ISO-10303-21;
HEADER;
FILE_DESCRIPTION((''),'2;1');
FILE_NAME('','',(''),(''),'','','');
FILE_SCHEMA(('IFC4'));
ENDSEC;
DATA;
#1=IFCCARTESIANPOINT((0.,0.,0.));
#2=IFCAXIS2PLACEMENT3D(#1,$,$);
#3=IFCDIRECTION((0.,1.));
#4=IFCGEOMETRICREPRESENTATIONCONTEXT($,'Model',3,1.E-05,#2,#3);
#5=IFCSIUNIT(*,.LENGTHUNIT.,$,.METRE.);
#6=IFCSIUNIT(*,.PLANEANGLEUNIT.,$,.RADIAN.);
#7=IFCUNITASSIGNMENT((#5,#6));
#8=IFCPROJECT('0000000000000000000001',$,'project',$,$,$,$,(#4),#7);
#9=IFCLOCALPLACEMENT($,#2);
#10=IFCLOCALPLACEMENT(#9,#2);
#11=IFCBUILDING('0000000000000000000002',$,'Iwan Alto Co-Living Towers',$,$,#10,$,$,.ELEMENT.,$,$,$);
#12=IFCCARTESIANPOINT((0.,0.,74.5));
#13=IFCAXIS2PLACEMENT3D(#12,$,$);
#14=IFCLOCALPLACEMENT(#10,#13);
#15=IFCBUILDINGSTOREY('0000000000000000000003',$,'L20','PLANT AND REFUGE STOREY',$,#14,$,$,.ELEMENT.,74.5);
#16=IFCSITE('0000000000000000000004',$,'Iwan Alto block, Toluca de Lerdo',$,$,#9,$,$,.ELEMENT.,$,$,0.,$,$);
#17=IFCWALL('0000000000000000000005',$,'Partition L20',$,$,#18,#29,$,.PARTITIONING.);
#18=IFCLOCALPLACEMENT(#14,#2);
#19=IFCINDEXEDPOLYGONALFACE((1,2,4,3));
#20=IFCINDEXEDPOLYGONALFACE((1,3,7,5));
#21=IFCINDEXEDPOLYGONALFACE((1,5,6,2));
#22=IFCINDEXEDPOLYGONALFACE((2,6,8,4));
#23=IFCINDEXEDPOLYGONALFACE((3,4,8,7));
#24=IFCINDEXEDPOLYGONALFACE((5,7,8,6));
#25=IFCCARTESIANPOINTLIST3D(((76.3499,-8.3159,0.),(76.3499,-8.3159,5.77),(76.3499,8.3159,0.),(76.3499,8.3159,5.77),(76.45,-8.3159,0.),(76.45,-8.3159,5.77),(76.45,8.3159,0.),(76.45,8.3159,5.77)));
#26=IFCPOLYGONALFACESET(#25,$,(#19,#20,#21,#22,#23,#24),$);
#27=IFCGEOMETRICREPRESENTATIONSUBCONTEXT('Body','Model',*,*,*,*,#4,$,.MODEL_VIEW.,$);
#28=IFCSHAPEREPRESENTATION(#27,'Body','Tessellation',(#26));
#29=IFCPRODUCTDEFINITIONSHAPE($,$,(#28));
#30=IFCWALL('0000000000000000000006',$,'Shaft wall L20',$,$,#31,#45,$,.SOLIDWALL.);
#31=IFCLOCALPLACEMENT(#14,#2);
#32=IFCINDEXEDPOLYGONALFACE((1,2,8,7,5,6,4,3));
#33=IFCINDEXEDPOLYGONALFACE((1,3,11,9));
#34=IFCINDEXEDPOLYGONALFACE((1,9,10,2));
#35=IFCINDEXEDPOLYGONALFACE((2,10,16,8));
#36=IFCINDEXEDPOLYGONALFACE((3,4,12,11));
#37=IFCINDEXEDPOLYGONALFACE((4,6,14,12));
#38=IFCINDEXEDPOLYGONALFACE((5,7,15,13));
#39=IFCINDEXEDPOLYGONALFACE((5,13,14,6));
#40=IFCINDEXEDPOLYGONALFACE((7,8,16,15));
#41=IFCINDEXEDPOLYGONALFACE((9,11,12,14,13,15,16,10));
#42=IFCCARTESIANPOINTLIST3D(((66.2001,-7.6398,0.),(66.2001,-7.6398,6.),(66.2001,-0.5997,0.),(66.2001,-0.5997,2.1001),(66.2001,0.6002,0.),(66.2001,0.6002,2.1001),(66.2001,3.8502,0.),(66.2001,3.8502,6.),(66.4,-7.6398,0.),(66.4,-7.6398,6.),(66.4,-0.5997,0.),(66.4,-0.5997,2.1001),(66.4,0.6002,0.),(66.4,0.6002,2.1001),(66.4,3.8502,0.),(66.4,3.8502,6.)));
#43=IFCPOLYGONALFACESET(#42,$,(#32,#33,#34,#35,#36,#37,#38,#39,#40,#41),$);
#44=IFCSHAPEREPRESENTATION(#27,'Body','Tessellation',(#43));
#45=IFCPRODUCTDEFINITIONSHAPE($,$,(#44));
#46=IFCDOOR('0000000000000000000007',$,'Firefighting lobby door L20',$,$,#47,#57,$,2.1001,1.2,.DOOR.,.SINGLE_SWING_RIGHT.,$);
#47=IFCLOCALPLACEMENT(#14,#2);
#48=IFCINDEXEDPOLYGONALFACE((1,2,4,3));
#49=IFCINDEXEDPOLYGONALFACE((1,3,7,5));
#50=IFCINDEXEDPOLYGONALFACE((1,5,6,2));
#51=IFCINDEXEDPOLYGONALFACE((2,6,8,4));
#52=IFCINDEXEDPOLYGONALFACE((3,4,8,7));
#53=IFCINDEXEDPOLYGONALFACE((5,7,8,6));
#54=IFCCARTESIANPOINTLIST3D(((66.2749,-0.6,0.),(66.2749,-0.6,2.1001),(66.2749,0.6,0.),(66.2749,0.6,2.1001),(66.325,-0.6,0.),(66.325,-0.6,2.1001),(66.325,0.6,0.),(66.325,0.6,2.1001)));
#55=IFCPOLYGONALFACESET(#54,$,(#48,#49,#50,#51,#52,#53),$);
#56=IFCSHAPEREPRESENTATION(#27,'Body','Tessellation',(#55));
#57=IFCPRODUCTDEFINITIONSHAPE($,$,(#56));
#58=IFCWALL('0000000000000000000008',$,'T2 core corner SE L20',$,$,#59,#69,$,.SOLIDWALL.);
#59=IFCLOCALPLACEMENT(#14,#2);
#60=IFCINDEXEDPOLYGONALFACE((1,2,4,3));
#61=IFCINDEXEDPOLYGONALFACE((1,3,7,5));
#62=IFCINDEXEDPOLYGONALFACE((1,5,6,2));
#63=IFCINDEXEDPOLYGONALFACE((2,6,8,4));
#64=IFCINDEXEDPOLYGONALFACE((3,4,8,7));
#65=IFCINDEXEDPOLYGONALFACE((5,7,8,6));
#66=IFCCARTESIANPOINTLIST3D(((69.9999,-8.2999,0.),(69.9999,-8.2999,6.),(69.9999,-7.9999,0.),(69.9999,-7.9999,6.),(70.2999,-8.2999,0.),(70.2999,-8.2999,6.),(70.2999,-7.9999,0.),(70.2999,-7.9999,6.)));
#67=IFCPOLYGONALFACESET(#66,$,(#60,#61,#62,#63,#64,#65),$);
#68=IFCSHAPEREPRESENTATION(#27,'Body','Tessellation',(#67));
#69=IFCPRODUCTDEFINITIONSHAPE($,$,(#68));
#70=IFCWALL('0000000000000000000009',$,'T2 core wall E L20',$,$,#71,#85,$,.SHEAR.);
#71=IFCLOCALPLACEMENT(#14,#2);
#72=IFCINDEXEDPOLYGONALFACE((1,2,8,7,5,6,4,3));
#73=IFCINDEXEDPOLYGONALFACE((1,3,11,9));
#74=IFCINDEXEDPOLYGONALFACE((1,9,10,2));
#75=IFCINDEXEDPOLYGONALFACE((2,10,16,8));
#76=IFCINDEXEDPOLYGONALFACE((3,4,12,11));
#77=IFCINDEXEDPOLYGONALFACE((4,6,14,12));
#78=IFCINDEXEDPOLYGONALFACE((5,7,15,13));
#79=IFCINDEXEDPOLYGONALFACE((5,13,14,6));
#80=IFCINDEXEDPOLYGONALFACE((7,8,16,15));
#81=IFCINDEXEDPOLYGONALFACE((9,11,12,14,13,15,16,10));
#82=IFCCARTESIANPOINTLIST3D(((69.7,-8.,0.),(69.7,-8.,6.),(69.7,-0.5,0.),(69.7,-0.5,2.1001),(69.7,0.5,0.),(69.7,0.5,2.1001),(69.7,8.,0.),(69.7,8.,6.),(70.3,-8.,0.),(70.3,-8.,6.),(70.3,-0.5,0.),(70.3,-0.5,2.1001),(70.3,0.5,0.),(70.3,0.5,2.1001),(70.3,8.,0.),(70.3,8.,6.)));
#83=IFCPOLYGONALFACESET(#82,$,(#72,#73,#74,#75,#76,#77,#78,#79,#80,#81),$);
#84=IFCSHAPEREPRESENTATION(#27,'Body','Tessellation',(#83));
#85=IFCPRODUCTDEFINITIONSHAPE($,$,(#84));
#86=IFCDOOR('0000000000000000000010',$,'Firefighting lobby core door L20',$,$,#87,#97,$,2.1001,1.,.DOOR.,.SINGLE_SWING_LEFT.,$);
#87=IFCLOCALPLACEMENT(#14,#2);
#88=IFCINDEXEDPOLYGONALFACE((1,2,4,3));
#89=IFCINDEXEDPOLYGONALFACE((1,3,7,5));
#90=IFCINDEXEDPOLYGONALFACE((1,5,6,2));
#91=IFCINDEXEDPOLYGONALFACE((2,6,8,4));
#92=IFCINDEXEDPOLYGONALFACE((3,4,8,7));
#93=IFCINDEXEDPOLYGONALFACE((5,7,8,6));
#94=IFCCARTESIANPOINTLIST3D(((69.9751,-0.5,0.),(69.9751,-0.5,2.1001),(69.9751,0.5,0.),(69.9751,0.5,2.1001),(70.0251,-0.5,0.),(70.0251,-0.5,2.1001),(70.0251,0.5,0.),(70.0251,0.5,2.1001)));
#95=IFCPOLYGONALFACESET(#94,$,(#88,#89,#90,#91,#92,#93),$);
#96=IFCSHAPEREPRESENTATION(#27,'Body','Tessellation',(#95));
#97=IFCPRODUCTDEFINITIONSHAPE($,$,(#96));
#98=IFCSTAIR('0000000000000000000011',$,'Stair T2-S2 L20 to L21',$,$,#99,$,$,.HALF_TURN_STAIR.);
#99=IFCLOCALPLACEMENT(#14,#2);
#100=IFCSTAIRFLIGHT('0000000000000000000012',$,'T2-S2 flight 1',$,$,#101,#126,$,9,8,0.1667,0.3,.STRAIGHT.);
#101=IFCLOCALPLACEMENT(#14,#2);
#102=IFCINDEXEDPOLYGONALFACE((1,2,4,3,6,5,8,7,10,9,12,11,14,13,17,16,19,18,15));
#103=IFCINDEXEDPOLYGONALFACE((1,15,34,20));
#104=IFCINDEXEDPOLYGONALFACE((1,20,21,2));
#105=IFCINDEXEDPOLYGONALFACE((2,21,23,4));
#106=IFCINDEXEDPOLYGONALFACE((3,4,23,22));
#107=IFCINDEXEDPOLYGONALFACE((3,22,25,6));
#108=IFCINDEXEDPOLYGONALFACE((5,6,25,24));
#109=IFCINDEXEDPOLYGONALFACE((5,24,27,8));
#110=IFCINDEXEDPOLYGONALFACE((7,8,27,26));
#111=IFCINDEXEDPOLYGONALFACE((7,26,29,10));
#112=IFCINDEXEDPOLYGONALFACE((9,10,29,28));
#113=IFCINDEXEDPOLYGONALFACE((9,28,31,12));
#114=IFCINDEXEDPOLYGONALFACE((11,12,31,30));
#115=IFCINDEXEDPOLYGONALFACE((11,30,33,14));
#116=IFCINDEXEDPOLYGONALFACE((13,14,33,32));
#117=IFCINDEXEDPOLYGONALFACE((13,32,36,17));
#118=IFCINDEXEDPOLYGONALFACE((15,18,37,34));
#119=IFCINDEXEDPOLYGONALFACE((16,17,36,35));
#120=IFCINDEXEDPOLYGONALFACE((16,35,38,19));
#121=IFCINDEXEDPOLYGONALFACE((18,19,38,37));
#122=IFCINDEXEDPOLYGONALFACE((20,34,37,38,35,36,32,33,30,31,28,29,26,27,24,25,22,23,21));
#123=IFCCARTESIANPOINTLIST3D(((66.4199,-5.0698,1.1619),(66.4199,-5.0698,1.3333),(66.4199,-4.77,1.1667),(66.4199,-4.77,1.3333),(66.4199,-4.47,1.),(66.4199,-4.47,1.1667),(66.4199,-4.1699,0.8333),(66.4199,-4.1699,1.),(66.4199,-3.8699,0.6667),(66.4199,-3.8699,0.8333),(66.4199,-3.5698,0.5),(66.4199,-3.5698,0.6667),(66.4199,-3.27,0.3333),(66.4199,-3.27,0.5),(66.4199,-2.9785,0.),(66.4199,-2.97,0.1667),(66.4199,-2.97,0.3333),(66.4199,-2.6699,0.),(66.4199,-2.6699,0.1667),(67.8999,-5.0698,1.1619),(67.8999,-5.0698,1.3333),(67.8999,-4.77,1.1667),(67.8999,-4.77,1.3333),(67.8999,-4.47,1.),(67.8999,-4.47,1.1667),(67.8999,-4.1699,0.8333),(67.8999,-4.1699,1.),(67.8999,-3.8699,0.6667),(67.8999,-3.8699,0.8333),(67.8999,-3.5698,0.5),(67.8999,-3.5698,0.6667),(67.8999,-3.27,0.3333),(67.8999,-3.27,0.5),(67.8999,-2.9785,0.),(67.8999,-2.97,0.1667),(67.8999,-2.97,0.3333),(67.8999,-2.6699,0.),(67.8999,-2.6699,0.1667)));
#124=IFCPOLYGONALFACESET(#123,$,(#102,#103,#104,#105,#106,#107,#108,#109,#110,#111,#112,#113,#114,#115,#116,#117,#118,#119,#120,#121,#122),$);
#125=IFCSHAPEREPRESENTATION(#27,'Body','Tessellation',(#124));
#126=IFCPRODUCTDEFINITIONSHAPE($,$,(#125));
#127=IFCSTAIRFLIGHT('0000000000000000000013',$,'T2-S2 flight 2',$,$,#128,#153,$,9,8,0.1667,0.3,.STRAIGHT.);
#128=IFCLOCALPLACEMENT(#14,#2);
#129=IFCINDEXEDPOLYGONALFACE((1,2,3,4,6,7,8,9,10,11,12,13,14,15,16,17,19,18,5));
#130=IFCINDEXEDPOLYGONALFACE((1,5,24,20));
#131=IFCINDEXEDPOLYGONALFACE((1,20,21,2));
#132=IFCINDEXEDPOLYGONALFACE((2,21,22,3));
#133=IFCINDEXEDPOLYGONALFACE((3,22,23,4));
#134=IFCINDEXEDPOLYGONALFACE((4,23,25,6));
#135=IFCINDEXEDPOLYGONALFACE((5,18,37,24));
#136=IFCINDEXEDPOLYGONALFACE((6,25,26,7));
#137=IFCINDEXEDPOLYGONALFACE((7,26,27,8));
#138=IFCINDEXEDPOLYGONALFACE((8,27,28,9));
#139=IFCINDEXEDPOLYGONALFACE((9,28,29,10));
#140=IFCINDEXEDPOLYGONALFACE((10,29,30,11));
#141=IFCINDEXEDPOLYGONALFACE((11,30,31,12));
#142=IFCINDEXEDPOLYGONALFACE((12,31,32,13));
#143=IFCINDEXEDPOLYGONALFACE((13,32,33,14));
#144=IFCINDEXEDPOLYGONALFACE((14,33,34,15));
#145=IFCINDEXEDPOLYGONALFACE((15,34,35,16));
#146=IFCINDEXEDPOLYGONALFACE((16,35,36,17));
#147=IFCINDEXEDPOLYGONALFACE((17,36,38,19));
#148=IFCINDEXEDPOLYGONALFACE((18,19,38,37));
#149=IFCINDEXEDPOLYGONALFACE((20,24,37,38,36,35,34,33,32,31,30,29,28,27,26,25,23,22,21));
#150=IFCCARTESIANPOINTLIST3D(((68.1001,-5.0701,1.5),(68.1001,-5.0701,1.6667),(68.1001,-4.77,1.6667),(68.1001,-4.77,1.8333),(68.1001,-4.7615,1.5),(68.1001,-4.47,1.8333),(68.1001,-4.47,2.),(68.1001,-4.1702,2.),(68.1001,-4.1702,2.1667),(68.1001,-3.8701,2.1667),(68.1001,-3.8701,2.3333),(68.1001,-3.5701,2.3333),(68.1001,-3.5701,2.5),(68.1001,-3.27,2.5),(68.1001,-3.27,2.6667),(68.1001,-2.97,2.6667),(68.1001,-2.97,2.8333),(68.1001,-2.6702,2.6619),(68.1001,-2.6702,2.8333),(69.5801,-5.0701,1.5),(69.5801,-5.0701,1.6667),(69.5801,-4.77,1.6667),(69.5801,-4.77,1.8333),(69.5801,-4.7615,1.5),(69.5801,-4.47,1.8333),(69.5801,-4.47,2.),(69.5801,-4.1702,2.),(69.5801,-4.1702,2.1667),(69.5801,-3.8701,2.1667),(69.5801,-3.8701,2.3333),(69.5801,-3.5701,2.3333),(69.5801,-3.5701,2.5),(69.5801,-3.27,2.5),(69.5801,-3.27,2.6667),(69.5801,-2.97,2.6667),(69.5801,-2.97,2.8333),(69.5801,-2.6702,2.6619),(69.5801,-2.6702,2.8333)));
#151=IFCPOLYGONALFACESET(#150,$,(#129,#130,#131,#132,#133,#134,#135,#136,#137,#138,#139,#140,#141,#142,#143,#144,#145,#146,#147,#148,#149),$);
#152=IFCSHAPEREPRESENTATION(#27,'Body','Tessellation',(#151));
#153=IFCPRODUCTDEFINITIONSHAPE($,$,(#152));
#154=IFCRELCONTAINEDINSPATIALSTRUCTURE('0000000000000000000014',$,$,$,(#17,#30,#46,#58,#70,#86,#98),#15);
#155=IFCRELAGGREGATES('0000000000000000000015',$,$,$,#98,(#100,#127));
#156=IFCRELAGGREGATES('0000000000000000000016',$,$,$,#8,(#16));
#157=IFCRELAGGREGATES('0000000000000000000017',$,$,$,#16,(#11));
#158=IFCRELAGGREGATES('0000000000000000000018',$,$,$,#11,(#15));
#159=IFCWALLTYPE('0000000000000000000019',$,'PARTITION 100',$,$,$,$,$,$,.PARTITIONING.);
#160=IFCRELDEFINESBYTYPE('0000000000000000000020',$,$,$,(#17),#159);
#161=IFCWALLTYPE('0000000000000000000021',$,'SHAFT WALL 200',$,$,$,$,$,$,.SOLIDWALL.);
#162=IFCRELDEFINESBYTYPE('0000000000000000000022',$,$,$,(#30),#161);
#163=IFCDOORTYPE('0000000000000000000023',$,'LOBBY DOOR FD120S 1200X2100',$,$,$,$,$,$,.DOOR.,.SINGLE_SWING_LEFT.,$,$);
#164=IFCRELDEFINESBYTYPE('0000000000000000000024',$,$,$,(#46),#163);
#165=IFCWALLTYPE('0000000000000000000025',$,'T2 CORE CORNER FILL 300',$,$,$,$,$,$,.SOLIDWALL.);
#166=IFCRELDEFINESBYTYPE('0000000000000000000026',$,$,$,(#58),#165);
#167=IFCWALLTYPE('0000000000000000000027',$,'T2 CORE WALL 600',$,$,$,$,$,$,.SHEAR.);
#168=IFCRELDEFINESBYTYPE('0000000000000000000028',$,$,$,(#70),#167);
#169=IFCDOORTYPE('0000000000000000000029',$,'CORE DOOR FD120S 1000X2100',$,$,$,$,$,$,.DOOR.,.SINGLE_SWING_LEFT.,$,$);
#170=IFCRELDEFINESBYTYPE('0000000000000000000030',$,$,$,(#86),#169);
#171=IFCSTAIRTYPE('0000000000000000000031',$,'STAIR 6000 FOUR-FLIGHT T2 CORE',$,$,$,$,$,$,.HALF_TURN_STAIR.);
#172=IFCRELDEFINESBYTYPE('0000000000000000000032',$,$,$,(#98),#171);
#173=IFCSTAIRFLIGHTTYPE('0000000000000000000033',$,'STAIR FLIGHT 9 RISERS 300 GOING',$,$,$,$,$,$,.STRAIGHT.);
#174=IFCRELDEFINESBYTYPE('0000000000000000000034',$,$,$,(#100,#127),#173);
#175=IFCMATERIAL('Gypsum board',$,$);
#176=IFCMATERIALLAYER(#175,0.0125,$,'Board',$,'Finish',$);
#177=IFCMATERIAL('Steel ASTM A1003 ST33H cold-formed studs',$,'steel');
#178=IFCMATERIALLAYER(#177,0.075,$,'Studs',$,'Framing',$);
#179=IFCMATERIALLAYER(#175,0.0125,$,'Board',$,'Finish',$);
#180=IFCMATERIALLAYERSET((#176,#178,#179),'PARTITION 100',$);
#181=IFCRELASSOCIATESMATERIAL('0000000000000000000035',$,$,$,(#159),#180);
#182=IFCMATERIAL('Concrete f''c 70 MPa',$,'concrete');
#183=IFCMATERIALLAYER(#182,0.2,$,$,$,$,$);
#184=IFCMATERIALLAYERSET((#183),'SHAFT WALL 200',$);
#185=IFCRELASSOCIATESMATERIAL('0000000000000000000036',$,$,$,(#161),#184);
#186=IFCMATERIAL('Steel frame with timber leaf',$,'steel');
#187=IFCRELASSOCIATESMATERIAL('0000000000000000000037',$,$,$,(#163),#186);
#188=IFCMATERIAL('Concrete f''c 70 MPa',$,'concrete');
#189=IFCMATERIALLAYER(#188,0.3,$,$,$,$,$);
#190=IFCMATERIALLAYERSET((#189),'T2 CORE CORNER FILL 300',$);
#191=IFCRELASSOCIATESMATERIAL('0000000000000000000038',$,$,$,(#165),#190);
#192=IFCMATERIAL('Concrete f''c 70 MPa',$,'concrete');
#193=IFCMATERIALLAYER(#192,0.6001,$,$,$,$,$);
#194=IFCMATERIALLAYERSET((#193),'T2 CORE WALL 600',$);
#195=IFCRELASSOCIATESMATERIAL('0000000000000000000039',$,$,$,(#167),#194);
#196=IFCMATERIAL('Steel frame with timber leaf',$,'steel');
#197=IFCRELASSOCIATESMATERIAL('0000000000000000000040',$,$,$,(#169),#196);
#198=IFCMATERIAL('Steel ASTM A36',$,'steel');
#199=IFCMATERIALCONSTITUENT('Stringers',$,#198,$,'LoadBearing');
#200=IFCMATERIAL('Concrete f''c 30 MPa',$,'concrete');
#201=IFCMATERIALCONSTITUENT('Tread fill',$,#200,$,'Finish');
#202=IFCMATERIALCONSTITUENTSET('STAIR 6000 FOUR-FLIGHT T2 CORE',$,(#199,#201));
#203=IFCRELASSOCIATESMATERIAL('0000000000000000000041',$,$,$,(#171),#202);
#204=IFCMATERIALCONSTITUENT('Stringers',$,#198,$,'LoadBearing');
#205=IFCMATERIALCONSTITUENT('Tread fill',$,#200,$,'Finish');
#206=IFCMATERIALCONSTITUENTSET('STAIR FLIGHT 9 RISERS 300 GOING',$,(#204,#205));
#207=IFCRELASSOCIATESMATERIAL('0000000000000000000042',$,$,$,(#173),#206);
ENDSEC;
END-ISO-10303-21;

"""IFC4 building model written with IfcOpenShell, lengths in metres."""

from ifc_helpers import new_model, si_unit, direction, frame, frame_2d, origin, place, context, subcontext, project, spatial, polyline, rectangle, outline, extrude, material, layer, layer_set, constituent, constituent_set, type_object, element, fill, aggregate, save


model = new_model("IFC4")

# Units and contexts
model_context = context("Model", 3, precision=1e-05, world=origin(), true_north=direction((0.0, 1.0)))
body_context = subcontext(model_context, "Body", "Model", "MODEL_VIEW")
ifc_project = project(units=[si_unit("LENGTHUNIT", "METRE"), si_unit("PLANEANGLEUNIT", "RADIAN")], contexts=[model_context])

# Site, building, storey
site_placement = place(None, origin())
site = spatial("IfcSite", under=ifc_project, at=site_placement, Name="Iwan Alto block, Toluca de Lerdo", CompositionType="ELEMENT", RefElevation=0.0)
building_placement = place(site_placement, origin())
building = spatial("IfcBuilding", under=site, at=building_placement, Name="Iwan Alto Co-Living Towers", CompositionType="ELEMENT")
storey_placement = place(building_placement, frame((0.0, 0.0, 74.5)))
storey = spatial("IfcBuildingStorey", under=building, at=storey_placement, Name="L20", Description="PLANT AND REFUGE STOREY", CompositionType="ELEMENT", Elevation=74.5)

# Shared definitions
ifc_material_1 = material(Name="Gypsum board")
ifc_material_2 = material(Name="Steel ASTM A1003 ST33H cold-formed studs", Category="steel")

# Wall
ifc_layer_1 = layer(ifc_material_1, 0.0125, Name="Board", Category="Finish")
ifc_layer_2 = layer(ifc_material_2, 0.075, Name="Studs", Category="Framing")
ifc_layer_3 = layer(ifc_material_1, 0.0125, Name="Board", Category="Finish")
ifc_layer_set_1 = layer_set([ifc_layer_1, ifc_layer_2, ifc_layer_3], Name="PARTITION 100")
wall_type_1 = type_object("IfcWallType", Name="PARTITION 100", PredefinedType="PARTITIONING", material=ifc_layer_set_1)
wall_1_placement = place(storey_placement, frame((76.3999, -8.3159, 0.0), z_axis=(0.0, 0.0, 1.0), x_axis=(0.0, 1.0, 0.0)))
element("IfcWall", 1, at=wall_1_placement, inside=storey, type_object=wall_type_1, Name="Partition L20", PredefinedType="PARTITIONING", context=body_context, shape_type="SweptSolid", body=[
    extrude(rectangle(XDim=16.6318, YDim=0.1001, at=frame_2d((8.3159, 0.0))), origin(), (0.0, 0.0, 1.0), 5.77),
])

# Wall, opening, door
ifc_material_3 = material(Name="Concrete f'c 70 MPa", Category="concrete")
ifc_layer_4 = layer(ifc_material_3, 0.2)
ifc_layer_set_2 = layer_set([ifc_layer_4], Name="SHAFT WALL 200")
wall_type_2 = type_object("IfcWallType", Name="SHAFT WALL 200", PredefinedType="SOLIDWALL", material=ifc_layer_set_2)
wall_2_placement = place(storey_placement, frame((66.3, -7.6399, 0.0), z_axis=(0.0, 0.0, 1.0), x_axis=(0.0, 1.0, 0.0)))
wall_2 = element("IfcWall", 2, at=wall_2_placement, inside=storey, type_object=wall_type_2, Name="Shaft wall L20", PredefinedType="SOLIDWALL", context=body_context, shape_type="SweptSolid", body=[
    extrude(rectangle(XDim=11.49, YDim=0.2, at=frame_2d((5.7451, 0.0))), origin(), (0.0, 0.0, 1.0), 6.0),
])
opening_1_placement = place(wall_2_placement, frame((7.04, 0.0, 0.0)))
opening_1 = element("IfcOpeningElement", 3, at=opening_1_placement, cuts=wall_2, PredefinedType="OPENING", context=body_context, shape_type="SweptSolid", body=[
    extrude(rectangle(XDim=1.2, YDim=2.1001, at=frame_2d((0.6001, 1.05))), frame((0.0, 0.1099, 0.0), z_axis=(0.0, -1.0, 0.0), x_axis=(1.0, 0.0, 0.0)), (0.0, 0.0, 1.0), 0.22),
])
ifc_material_4 = material(Name="Steel frame with timber leaf", Category="steel")
door_type_1 = type_object("IfcDoorType", Name="LOBBY DOOR FD120S 1200X2100", OperationType="SINGLE_SWING_LEFT", PredefinedType="DOOR", material=ifc_material_4)
door_1_placement = place(opening_1_placement, frame((1.2, 0.0, 0.0), z_axis=(0.0, 0.0, 1.0), x_axis=(-1.0, 0.0, 0.0)))
door_1 = element("IfcDoor", 4, at=door_1_placement, inside=storey, type_object=door_type_1, Name="Firefighting lobby door L20", OperationType="SINGLE_SWING_RIGHT", OverallHeight=2.1001, OverallWidth=1.2, PredefinedType="DOOR", context=body_context, shape_type="SweptSolid", body=[
    extrude(rectangle(XDim=1.2, YDim=2.1001, at=frame_2d((0.6001, 1.05))), frame((0.0, 0.0249, 0.0), z_axis=(0.0, -1.0, 0.0), x_axis=(1.0, 0.0, 0.0)), (0.0, 0.0, 1.0), 0.05),
])
fill(opening_1, door_1)

# Wall
ifc_material_5 = material(Name="Concrete f'c 70 MPa", Category="concrete")
ifc_layer_5 = layer(ifc_material_5, 0.3)
ifc_layer_set_3 = layer_set([ifc_layer_5], Name="T2 CORE CORNER FILL 300")
wall_type_3 = type_object("IfcWallType", Name="T2 CORE CORNER FILL 300", PredefinedType="SOLIDWALL", material=ifc_layer_set_3)
wall_3_placement = place(storey_placement, frame((70.0, -8.1499, 0.0), z_axis=(0.0, 0.0, 1.0), x_axis=(1.0, 0.0, 0.0)))
element("IfcWall", 5, at=wall_3_placement, inside=storey, type_object=wall_type_3, Name="T2 core corner SE L20", PredefinedType="SOLIDWALL", context=body_context, shape_type="SweptSolid", body=[
    extrude(rectangle(XDim=0.3, YDim=0.3, at=frame_2d((0.1499, 0.0))), origin(), (0.0, 0.0, 1.0), 6.0),
])

# Wall, opening, door
ifc_material_6 = material(Name="Concrete f'c 70 MPa", Category="concrete")
ifc_layer_6 = layer(ifc_material_6, 0.6001)
ifc_layer_set_4 = layer_set([ifc_layer_6], Name="T2 CORE WALL 600")
wall_type_4 = type_object("IfcWallType", Name="T2 CORE WALL 600", PredefinedType="SHEAR", material=ifc_layer_set_4)
wall_4_placement = place(storey_placement, frame((70.0, -8.0, 0.0), z_axis=(0.0, 0.0, 1.0), x_axis=(0.0, 1.0, 0.0)))
wall_4 = element("IfcWall", 6, at=wall_4_placement, inside=storey, type_object=wall_type_4, Name="T2 core wall E L20", PredefinedType="SHEAR", context=body_context, shape_type="SweptSolid", body=[
    extrude(rectangle(XDim=16.0, YDim=0.6001, at=frame_2d((8.0, 0.0))), origin(), (0.0, 0.0, 1.0), 6.0),
])
opening_2_placement = place(wall_4_placement, frame((7.5, 0.0, 0.0)))
opening_2 = element("IfcOpeningElement", 7, at=opening_2_placement, cuts=wall_4, PredefinedType="OPENING", context=body_context, shape_type="SweptSolid", body=[
    extrude(rectangle(XDim=1.0, YDim=2.1001, at=frame_2d((0.5, 1.05))), frame((0.0, 0.3101, 0.0), z_axis=(0.0, -1.0, 0.0), x_axis=(1.0, 0.0, 0.0)), (0.0, 0.0, 1.0), 0.6201),
])
ifc_material_7 = material(Name="Steel frame with timber leaf", Category="steel")
door_type_2 = type_object("IfcDoorType", Name="CORE DOOR FD120S 1000X2100", OperationType="SINGLE_SWING_LEFT", PredefinedType="DOOR", material=ifc_material_7)
door_2_placement = place(opening_2_placement, origin())
door_2 = element("IfcDoor", 8, at=door_2_placement, inside=storey, type_object=door_type_2, Name="Firefighting lobby core door L20", OperationType="SINGLE_SWING_LEFT", OverallHeight=2.1001, OverallWidth=1.0, PredefinedType="DOOR", context=body_context, shape_type="SweptSolid", body=[
    extrude(rectangle(XDim=1.0, YDim=2.1001, at=frame_2d((0.5, 1.05))), frame((0.0, 0.0249, 0.0), z_axis=(0.0, -1.0, 0.0), x_axis=(1.0, 0.0, 0.0)), (0.0, 0.0, 1.0), 0.05),
])
fill(opening_2, door_2)

# Stair, stair flights
ifc_material_8 = material(Name="Steel ASTM A36", Category="steel")
ifc_constituent_1 = constituent(ifc_material_8, Name="Stringers", Category="LoadBearing")
ifc_material_9 = material(Name="Concrete f'c 30 MPa", Category="concrete")
ifc_constituent_2 = constituent(ifc_material_9, Name="Tread fill", Category="Finish")
ifc_constituent_set_1 = constituent_set(constituents=[ifc_constituent_1, ifc_constituent_2], Name="STAIR 6000 FOUR-FLIGHT T2 CORE")
stair_type = type_object("IfcStairType", Name="STAIR 6000 FOUR-FLIGHT T2 CORE", PredefinedType="HALF_TURN_STAIR", material=ifc_constituent_set_1)
stair_placement = place(storey_placement, origin())
stair = element("IfcStair", 9, at=stair_placement, inside=storey, type_object=stair_type, Name="Stair T2-S2 L20 to L21", PredefinedType="HALF_TURN_STAIR")
ifc_constituent_3 = constituent(ifc_material_8, Name="Stringers", Category="LoadBearing")
ifc_constituent_4 = constituent(ifc_material_9, Name="Tread fill", Category="Finish")
ifc_constituent_set_2 = constituent_set(constituents=[ifc_constituent_3, ifc_constituent_4], Name="STAIR FLIGHT 9 RISERS 300 GOING")
stair_flight_type = type_object("IfcStairFlightType", Name="STAIR FLIGHT 9 RISERS 300 GOING", PredefinedType="STRAIGHT", material=ifc_constituent_set_2)
stair_flight_1_placement = place(storey_placement, frame((67.1599, -2.6699, 0.0), z_axis=(0.0, 0.0, 1.0), x_axis=(0.0, -1.0, 0.0)))
stair_flight_1 = element("IfcStairFlight", 10, at=stair_flight_1_placement, type_object=stair_flight_type, Name="T2-S2 flight 1", NumberOfRisers=9, NumberOfTreads=8, PredefinedType="STRAIGHT", RiserHeight=0.1667, TreadLength=0.3, context=body_context, shape_type="SweptSolid", body=[
    extrude(outline(polyline([(0.0, 0.0), (0.0, 0.1667), (0.3, 0.1667), (0.3, 0.3333), (0.6001, 0.3333), (0.6001, 0.5), (0.8999, 0.5), (0.8999, 0.6667), (1.2, 0.6667), (1.2, 0.8333), (1.5, 0.8333), (1.5, 1.0), (1.8, 1.0), (1.8, 1.1667), (2.1001, 1.1667), (2.1001, 1.3333), (2.3999, 1.3333), (2.3999, 1.5), (2.3999, 1.1619), (0.3086, 0.0), (0.0, 0.0)])), frame((0.0, 0.74, 0.0), z_axis=(0.0, -1.0, 0.0), x_axis=(1.0, 0.0, 0.0)), (0.0, 0.0, 1.0), 1.48),
])
stair_flight_2_placement = place(storey_placement, frame((68.8401, -5.0701, 1.5), z_axis=(0.0, 0.0, 1.0), x_axis=(0.0, 1.0, 0.0)))
stair_flight_2 = element("IfcStairFlight", 11, at=stair_flight_2_placement, type_object=stair_flight_type, Name="T2-S2 flight 2", NumberOfRisers=9, NumberOfTreads=8, PredefinedType="STRAIGHT", RiserHeight=0.1667, TreadLength=0.3, context=body_context, shape_type="SweptSolid", body=[
    extrude(outline(polyline([(0.0, 0.0), (0.0, 0.1667), (0.3, 0.1667), (0.3, 0.3333), (0.6001, 0.3333), (0.6001, 0.5), (0.8999, 0.5), (0.8999, 0.6667), (1.2, 0.6667), (1.2, 0.8333), (1.5, 0.8333), (1.5, 1.0), (1.8, 1.0), (1.8, 1.1667), (2.1001, 1.1667), (2.1001, 1.3333), (2.3999, 1.3333), (2.3999, 1.5), (2.3999, 1.1619), (0.3086, 0.0), (0.0, 0.0)])), frame((0.0, 0.74, 0.0), z_axis=(0.0, -1.0, 0.0), x_axis=(1.0, 0.0, 0.0)), (0.0, 0.0, 1.0), 1.48),
])
aggregate(stair, [stair_flight_1, stair_flight_2])

save(model, "model.ifc")
